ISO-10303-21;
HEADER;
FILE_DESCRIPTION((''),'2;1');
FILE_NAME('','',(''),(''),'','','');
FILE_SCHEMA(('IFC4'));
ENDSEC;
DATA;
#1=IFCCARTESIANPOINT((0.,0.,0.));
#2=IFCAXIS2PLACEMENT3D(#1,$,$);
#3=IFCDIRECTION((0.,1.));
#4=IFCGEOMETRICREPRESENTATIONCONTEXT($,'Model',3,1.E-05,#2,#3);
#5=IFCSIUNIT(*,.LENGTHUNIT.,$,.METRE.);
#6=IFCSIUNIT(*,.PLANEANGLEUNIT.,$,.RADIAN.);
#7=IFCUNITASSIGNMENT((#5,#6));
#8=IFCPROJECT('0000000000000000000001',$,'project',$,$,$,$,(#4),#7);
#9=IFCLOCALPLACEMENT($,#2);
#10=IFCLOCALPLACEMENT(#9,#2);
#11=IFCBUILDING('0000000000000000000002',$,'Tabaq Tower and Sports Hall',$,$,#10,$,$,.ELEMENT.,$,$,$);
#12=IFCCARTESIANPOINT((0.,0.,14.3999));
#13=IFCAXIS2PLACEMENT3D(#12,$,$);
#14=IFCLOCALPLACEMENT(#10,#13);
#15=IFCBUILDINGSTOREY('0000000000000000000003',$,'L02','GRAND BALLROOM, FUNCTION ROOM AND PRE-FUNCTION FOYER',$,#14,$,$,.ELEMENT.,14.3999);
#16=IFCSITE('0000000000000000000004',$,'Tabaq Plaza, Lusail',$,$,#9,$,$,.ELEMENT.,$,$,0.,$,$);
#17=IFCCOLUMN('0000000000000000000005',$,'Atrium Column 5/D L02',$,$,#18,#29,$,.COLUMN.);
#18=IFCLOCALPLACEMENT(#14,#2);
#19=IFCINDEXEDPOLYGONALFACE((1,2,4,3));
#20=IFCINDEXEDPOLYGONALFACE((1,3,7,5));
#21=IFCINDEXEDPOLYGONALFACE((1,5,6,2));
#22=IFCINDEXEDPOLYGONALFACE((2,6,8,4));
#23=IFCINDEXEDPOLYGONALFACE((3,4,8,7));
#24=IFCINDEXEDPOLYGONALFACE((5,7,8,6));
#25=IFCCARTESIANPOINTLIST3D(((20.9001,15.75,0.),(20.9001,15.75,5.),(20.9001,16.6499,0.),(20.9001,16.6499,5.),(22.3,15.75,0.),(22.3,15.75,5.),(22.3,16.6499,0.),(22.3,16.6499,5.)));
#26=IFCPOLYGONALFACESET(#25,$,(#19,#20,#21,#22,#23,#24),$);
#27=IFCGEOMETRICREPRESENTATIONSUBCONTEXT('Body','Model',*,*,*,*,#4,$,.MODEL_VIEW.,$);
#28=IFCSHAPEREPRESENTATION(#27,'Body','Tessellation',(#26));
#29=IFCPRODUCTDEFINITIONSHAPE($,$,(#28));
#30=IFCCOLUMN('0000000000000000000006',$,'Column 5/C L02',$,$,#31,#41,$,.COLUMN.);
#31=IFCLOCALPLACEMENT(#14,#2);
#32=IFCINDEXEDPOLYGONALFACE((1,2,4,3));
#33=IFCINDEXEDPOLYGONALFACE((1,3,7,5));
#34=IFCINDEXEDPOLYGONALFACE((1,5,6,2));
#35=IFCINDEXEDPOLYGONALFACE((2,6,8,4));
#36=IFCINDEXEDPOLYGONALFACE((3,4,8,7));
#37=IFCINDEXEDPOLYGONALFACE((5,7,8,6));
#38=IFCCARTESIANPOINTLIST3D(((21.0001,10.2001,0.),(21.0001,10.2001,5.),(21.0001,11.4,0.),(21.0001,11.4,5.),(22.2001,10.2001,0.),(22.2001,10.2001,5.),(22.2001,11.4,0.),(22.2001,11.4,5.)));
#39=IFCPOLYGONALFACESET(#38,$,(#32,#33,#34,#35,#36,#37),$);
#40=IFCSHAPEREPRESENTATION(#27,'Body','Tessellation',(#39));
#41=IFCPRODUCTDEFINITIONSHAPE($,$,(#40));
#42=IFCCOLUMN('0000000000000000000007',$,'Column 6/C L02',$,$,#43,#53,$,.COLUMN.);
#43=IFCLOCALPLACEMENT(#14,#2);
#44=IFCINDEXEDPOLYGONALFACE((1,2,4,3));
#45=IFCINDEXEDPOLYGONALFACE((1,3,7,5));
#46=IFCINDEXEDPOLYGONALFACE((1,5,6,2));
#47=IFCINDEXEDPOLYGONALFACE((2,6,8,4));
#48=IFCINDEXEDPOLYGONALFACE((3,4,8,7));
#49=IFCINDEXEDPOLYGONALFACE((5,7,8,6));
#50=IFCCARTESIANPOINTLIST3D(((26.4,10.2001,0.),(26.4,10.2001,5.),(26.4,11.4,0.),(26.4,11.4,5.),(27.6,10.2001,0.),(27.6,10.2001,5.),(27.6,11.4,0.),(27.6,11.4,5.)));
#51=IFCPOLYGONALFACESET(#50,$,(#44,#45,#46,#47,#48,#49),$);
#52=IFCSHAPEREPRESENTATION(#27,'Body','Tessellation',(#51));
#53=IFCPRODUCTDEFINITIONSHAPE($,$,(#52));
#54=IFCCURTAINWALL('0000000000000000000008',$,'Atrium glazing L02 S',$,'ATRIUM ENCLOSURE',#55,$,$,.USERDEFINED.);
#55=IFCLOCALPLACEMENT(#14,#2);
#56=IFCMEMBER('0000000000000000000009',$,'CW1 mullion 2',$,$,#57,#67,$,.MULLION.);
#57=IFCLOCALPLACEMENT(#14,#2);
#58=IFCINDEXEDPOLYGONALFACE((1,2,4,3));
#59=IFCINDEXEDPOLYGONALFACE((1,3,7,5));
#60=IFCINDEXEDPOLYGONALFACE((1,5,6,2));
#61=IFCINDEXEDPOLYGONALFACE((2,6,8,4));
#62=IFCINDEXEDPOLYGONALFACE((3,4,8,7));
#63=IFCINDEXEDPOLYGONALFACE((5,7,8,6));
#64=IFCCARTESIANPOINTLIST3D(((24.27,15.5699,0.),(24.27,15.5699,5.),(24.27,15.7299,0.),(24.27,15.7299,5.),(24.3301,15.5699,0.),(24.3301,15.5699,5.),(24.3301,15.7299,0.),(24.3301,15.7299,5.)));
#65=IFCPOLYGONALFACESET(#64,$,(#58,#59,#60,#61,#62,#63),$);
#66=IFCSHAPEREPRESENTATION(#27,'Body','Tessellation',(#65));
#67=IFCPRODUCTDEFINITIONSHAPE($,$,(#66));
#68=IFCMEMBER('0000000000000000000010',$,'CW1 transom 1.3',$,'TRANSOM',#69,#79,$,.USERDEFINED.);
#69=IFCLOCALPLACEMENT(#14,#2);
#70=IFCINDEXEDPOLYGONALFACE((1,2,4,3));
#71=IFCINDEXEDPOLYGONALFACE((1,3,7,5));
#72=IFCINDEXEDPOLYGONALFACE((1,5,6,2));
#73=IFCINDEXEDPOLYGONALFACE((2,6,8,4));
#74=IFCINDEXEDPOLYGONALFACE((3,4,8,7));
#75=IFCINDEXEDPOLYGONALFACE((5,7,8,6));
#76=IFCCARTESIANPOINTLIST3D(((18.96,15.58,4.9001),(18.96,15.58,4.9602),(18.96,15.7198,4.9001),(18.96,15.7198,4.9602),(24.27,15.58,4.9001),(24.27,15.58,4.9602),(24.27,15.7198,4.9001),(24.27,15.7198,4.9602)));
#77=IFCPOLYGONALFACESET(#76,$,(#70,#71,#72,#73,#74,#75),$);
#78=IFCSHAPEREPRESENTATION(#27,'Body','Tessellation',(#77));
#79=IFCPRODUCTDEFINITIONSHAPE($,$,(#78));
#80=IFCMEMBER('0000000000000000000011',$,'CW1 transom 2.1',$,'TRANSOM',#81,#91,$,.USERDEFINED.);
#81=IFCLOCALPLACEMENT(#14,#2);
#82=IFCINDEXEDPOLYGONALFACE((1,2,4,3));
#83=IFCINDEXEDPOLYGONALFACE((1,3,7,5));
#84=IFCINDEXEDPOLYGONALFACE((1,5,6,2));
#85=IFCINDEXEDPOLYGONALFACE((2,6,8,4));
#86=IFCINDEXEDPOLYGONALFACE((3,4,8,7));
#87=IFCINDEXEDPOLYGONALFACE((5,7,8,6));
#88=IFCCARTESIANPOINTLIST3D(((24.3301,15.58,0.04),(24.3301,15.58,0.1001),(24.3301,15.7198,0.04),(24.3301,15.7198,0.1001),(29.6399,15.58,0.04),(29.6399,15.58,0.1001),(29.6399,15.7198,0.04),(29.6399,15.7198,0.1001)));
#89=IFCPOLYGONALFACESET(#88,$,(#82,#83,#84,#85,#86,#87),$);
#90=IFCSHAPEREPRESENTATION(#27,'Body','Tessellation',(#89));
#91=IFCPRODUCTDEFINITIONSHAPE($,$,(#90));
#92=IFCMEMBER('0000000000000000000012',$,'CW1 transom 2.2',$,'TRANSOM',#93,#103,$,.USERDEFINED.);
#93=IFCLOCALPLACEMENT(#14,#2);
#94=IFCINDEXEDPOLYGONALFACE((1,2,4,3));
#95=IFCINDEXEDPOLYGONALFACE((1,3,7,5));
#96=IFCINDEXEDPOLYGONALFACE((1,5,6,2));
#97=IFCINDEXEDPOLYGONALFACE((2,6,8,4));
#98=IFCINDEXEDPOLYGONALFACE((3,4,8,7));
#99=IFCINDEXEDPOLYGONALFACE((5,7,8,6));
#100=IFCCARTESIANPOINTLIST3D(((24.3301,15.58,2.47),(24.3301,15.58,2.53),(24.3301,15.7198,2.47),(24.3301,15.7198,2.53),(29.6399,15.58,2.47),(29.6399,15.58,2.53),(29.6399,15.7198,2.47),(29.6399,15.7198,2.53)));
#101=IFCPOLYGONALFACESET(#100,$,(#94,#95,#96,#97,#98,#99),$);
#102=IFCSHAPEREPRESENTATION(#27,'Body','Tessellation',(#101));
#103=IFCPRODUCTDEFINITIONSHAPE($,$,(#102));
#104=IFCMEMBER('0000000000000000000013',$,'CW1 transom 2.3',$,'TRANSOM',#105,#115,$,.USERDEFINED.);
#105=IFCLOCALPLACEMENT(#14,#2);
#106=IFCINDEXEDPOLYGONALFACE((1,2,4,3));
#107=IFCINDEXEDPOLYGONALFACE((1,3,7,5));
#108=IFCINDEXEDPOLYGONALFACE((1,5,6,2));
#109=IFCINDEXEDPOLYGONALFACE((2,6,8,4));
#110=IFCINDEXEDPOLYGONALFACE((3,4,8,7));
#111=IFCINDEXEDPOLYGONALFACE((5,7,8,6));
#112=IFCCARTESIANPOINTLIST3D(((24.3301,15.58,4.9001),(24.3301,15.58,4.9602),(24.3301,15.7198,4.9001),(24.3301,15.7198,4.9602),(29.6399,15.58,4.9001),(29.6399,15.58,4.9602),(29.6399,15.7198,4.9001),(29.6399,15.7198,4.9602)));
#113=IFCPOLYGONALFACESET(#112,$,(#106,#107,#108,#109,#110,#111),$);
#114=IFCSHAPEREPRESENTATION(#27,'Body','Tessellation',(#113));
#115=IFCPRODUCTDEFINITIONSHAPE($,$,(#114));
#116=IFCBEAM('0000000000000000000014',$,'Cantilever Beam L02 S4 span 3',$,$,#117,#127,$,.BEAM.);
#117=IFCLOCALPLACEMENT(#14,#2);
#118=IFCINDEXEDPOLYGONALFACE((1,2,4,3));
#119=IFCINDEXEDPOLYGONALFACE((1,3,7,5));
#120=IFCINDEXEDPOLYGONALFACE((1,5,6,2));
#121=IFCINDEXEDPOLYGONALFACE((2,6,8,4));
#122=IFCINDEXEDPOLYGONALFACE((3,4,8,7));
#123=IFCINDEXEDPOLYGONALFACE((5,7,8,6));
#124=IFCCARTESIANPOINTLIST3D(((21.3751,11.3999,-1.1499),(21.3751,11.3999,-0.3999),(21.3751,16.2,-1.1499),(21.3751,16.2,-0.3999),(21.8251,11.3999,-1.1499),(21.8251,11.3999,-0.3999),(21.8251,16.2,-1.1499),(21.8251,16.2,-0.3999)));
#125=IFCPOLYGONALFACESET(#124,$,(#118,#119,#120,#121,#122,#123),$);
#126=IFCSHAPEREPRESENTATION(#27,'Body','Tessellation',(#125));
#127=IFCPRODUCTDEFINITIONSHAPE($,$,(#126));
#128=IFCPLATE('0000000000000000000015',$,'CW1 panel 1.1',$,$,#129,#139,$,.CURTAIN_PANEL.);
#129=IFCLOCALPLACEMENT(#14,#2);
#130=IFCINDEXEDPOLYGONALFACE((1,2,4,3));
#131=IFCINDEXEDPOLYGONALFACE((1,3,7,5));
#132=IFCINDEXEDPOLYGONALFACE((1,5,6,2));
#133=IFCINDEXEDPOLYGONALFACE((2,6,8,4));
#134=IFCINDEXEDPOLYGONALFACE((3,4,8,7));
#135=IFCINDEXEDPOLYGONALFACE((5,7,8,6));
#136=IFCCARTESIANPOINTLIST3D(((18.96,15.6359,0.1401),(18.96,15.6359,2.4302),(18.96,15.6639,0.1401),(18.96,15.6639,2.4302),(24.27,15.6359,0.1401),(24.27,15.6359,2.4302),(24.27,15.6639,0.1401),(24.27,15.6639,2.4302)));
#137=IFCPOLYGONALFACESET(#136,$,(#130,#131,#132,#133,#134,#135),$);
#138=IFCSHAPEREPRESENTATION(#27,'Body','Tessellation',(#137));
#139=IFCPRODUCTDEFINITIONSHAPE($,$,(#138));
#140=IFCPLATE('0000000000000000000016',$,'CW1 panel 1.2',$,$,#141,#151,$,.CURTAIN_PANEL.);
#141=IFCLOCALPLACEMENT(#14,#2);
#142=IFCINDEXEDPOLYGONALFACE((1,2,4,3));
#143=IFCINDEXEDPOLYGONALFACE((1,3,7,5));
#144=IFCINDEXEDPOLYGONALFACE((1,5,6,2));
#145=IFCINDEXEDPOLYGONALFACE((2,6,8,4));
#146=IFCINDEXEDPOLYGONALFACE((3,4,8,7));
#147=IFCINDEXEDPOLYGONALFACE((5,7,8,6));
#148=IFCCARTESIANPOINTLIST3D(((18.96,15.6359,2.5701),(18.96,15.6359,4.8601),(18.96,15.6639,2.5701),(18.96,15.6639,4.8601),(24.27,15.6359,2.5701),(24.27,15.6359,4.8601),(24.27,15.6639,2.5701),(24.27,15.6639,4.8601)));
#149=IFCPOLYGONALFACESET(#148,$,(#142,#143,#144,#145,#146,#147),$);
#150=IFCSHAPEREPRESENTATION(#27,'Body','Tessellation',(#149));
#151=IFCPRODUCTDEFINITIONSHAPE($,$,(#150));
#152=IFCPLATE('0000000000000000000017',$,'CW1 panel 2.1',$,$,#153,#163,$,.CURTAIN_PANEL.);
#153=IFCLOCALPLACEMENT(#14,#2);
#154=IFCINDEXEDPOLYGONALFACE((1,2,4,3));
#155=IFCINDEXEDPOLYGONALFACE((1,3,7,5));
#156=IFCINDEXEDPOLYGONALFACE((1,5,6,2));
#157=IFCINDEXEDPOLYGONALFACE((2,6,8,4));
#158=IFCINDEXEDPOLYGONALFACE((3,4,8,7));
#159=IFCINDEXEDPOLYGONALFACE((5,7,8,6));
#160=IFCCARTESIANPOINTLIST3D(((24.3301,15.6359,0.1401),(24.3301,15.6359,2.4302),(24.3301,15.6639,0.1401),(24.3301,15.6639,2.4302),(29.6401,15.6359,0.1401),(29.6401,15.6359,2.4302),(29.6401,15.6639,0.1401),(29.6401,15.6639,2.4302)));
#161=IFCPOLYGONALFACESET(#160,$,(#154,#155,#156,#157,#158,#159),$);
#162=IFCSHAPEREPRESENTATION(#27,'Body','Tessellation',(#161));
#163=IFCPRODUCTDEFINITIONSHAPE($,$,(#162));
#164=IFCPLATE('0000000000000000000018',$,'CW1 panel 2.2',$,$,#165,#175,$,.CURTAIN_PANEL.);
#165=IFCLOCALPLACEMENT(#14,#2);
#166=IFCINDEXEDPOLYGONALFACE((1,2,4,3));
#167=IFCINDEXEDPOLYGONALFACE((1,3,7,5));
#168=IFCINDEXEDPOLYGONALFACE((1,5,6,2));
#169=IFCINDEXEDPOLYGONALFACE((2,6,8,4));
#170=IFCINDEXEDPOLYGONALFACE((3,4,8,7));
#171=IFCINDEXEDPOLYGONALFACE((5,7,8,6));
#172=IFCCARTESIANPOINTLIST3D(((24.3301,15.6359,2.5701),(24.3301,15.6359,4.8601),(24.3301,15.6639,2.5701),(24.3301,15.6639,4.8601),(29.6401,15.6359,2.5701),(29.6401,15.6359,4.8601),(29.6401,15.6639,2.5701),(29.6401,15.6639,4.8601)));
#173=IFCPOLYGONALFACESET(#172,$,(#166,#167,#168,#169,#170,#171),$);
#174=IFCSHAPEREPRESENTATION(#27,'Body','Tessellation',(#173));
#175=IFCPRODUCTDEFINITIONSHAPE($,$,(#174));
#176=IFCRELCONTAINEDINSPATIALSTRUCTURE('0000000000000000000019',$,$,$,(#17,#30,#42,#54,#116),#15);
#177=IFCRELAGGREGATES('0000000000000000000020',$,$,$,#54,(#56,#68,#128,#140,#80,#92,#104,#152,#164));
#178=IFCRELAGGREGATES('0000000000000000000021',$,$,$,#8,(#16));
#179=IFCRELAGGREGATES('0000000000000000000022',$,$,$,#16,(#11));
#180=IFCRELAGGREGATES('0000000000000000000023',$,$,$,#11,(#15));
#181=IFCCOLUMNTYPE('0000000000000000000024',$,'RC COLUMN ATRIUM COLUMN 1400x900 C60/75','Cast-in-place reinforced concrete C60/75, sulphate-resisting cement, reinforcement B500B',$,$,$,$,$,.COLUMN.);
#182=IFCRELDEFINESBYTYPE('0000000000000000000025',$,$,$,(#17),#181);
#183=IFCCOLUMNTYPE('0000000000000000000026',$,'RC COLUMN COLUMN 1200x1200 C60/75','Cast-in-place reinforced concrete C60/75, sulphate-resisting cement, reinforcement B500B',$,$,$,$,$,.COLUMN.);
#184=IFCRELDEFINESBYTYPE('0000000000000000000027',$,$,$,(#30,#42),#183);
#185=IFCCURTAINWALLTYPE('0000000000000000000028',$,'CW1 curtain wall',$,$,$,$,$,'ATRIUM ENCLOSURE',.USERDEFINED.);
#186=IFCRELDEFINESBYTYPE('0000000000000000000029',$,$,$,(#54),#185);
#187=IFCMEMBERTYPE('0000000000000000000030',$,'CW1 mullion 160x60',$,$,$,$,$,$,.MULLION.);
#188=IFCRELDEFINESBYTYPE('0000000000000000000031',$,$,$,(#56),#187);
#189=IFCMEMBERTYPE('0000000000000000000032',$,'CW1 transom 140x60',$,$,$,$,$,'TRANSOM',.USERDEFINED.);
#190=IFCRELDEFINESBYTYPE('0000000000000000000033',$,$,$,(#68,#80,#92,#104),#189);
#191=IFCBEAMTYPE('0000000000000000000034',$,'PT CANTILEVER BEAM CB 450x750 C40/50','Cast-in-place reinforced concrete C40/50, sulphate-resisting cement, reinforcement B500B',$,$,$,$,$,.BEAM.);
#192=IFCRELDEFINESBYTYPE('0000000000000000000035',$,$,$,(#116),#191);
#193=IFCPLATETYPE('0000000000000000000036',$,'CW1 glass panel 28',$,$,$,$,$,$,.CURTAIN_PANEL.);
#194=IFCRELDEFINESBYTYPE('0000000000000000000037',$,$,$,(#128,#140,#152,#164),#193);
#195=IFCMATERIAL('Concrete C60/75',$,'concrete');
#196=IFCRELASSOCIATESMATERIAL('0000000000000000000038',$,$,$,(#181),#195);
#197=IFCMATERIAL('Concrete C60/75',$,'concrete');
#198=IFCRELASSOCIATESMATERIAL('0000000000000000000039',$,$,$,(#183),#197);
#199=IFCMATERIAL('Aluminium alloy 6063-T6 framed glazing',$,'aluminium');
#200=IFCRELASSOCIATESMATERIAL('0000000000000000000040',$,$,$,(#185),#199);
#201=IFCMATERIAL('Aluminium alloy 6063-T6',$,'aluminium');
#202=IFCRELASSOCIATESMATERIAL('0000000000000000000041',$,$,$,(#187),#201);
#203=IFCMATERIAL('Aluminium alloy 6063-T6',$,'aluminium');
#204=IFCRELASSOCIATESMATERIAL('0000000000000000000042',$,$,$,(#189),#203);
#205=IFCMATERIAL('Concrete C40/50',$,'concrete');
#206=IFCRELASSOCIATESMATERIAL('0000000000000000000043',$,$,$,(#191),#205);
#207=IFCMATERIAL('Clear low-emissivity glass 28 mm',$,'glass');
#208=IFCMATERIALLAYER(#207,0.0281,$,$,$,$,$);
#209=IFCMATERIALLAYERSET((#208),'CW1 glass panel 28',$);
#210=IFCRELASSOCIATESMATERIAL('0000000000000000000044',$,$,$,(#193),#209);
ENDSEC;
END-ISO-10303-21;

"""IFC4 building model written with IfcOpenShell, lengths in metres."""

from ifc_helpers import new_model, si_unit, direction, frame, origin, origin_2d, place, context, subcontext, project, spatial, rectangle, extrude, material, layer, layer_set, material_profile, profile_set, type_object, element, aggregate, save


model = new_model("IFC4")

# Units and contexts
model_context = context("Model", 3, precision=1e-05, world=origin(), true_north=direction((0.0, 1.0)))
body_context = subcontext(model_context, "Body", "Model", "MODEL_VIEW")
ifc_project = project(units=[si_unit("LENGTHUNIT", "METRE"), si_unit("PLANEANGLEUNIT", "RADIAN")], contexts=[model_context])

# Site, building, storey
site_placement = place(None, origin())
site = spatial("IfcSite", under=ifc_project, at=site_placement, Name="Tabaq Plaza, Lusail", CompositionType="ELEMENT", RefElevation=0.0)
building_placement = place(site_placement, origin())
building = spatial("IfcBuilding", under=site, at=building_placement, Name="Tabaq Tower and Sports Hall", CompositionType="ELEMENT")
storey_placement = place(building_placement, frame((0.0, 0.0, 14.3999)))
storey = spatial("IfcBuildingStorey", under=building, at=storey_placement, Name="L02", Description="GRAND BALLROOM, FUNCTION ROOM AND PRE-FUNCTION FOYER", CompositionType="ELEMENT", Elevation=14.3999)

# Columns
ifc_material_1 = material(Name="Concrete C60/75", Category="concrete")
ifc_material_profile_1 = material_profile(ifc_material_1, rectangle(XDim=1.3999, YDim=0.8999, at=origin_2d()), Name="ATRIUM COLUMN 1400x900")
ifc_profile_set_1 = profile_set([ifc_material_profile_1], Name="Concrete C60/75")
column_type_1 = type_object("IfcColumnType", Name="RC COLUMN ATRIUM COLUMN 1400x900 C60/75", Description="Cast-in-place reinforced concrete C60/75, sulphate-resisting cement, reinforcement B500B", PredefinedType="COLUMN", material=ifc_profile_set_1)
column_placement = place(storey_placement, frame((21.6001, 16.2, 0.0), z_axis=(0.0, 0.0, 1.0), x_axis=(1.0, 0.0, 0.0)))
element("IfcColumn", 1, at=column_placement, inside=storey, type_object=column_type_1, Name="Atrium Column 5/D L02", PredefinedType="COLUMN", context=body_context, shape_type="SweptSolid", body=[
    extrude(rectangle(XDim=1.3999, YDim=0.8999, at=origin_2d()), origin(), (0.0, 0.0, 1.0), 5.0),
])
ifc_material_2 = material(Name="Concrete C60/75", Category="concrete")
ifc_material_profile_2 = material_profile(ifc_material_2, rectangle(XDim=1.2, YDim=1.2, at=origin_2d()), Name="COLUMN 1200x1200")
ifc_profile_set_2 = profile_set([ifc_material_profile_2], Name="Concrete C60/75")
column_type_2 = type_object("IfcColumnType", Name="RC COLUMN COLUMN 1200x1200 C60/75", Description="Cast-in-place reinforced concrete C60/75, sulphate-resisting cement, reinforcement B500B", PredefinedType="COLUMN", material=ifc_profile_set_2)
for number, where, z_axis, x_axis, name in (
    (2, (21.6001, 10.8, 0.0), (0.0, 0.0, 1.0), (1.0, 0.0, 0.0), "Column 5/C L02"),
    (3, (27.0, 10.8, 0.0), (0.0, 0.0, 1.0), (1.0, 0.0, 0.0), "Column 6/C L02"),
):
    element("IfcColumn", number, at=place(storey_placement, frame(where, z_axis=z_axis, x_axis=x_axis)), inside=storey, type_object=column_type_2, Name=name, PredefinedType="COLUMN", context=body_context, shape_type="SweptSolid", body=[
        extrude(rectangle(XDim=1.2, YDim=1.2, at=origin_2d()), origin(), (0.0, 0.0, 1.0), 5.0),
    ])

# Curtain wall, members
ifc_material_3 = material(Name="Aluminium alloy 6063-T6 framed glazing", Category="aluminium")
curtain_wall_type = type_object("IfcCurtainWallType", Name="CW1 curtain wall", ElementType="ATRIUM ENCLOSURE", PredefinedType="USERDEFINED", material=ifc_material_3)
curtain_wall_placement = place(storey_placement, origin())
curtain_wall = element("IfcCurtainWall", 4, at=curtain_wall_placement, inside=storey, type_object=curtain_wall_type, Name="Atrium glazing L02 S", ObjectType="ATRIUM ENCLOSURE", PredefinedType="USERDEFINED")
ifc_material_4 = material(Name="Aluminium alloy 6063-T6", Category="aluminium")
ifc_material_profile_3 = material_profile(ifc_material_4, rectangle(XDim=0.1599, YDim=0.0601, at=origin_2d()), Name="MULLION 160x60")
ifc_profile_set_3 = profile_set([ifc_material_profile_3], Name="Aluminium alloy 6063-T6")
member_type_1 = type_object("IfcMemberType", Name="CW1 mullion 160x60", PredefinedType="MULLION", material=ifc_profile_set_3)
member_1_placement = place(storey_placement, frame((24.3, 15.6499, 0.0), z_axis=(0.0, 0.0, 1.0), x_axis=(0.0, 1.0, 0.0)))
member_1 = element("IfcMember", 5, at=member_1_placement, type_object=member_type_1, Name="CW1 mullion 2", PredefinedType="MULLION", context=body_context, shape_type="SweptSolid", body=[
    extrude(rectangle(XDim=0.1599, YDim=0.0601, at=origin_2d()), origin(), (0.0, 0.0, 1.0), 5.0),
])
ifc_material_5 = material(Name="Aluminium alloy 6063-T6", Category="aluminium")
ifc_material_profile_4 = material_profile(ifc_material_5, rectangle(XDim=0.1399, YDim=0.0601, at=origin_2d()), Name="TRANSOM 140x60")
ifc_profile_set_4 = profile_set([ifc_material_profile_4], Name="Aluminium alloy 6063-T6")
member_type_2 = type_object("IfcMemberType", Name="CW1 transom 140x60", ElementType="TRANSOM", PredefinedType="USERDEFINED", material=ifc_profile_set_4)
member_2_placement = place(storey_placement, frame((18.96, 15.6499, 4.9302), z_axis=(1.0, 0.0, 0.0), x_axis=(0.0, 1.0, 0.0)))
member_2 = element("IfcMember", 6, at=member_2_placement, type_object=member_type_2, Name="CW1 transom 1.3", ObjectType="TRANSOM", PredefinedType="USERDEFINED", context=body_context, shape_type="SweptSolid", body=[
    extrude(rectangle(XDim=0.1399, YDim=0.0601, at=origin_2d()), origin(), (0.0, 0.0, 1.0), 5.3101),
])
member_3_placement = place(storey_placement, frame((24.3301, 15.6499, 0.0701), z_axis=(1.0, 0.0, 0.0), x_axis=(0.0, 1.0, 0.0)))
member_3 = element("IfcMember", 7, at=member_3_placement, type_object=member_type_2, Name="CW1 transom 2.1", ObjectType="TRANSOM", PredefinedType="USERDEFINED", context=body_context, shape_type="SweptSolid", body=[
    extrude(rectangle(XDim=0.1399, YDim=0.0601, at=origin_2d()), origin(), (0.0, 0.0, 1.0), 5.3098),
])
member_4_placement = place(storey_placement, frame((24.3301, 15.6499, 2.5), z_axis=(1.0, 0.0, 0.0), x_axis=(0.0, 1.0, 0.0)))
member_4 = element("IfcMember", 8, at=member_4_placement, type_object=member_type_2, Name="CW1 transom 2.2", ObjectType="TRANSOM", PredefinedType="USERDEFINED", context=body_context, shape_type="SweptSolid", body=[
    extrude(rectangle(XDim=0.1399, YDim=0.0601, at=origin_2d()), origin(), (0.0, 0.0, 1.0), 5.3098),
])
member_5_placement = place(storey_placement, frame((24.3301, 15.6499, 4.9302), z_axis=(1.0, 0.0, 0.0), x_axis=(0.0, 1.0, 0.0)))
member_5 = element("IfcMember", 9, at=member_5_placement, type_object=member_type_2, Name="CW1 transom 2.3", ObjectType="TRANSOM", PredefinedType="USERDEFINED", context=body_context, shape_type="SweptSolid", body=[
    extrude(rectangle(XDim=0.1399, YDim=0.0601, at=origin_2d()), origin(), (0.0, 0.0, 1.0), 5.3098),
])

# Beam
ifc_material_6 = material(Name="Concrete C40/50", Category="concrete")
ifc_material_profile_5 = material_profile(ifc_material_6, rectangle(XDim=0.45, YDim=0.75, at=origin_2d()), Name="CB 450x750")
ifc_profile_set_5 = profile_set([ifc_material_profile_5], Name="Concrete C40/50")
beam_type = type_object("IfcBeamType", Name="PT CANTILEVER BEAM CB 450x750 C40/50", Description="Cast-in-place reinforced concrete C40/50, sulphate-resisting cement, reinforcement B500B", PredefinedType="BEAM", material=ifc_profile_set_5)
beam_placement = place(storey_placement, frame((21.6001, 11.3999, -0.7749), z_axis=(0.0, 1.0, 0.0), x_axis=(-1.0, 0.0, 0.0)))
element("IfcBeam", 10, at=beam_placement, inside=storey, type_object=beam_type, Name="Cantilever Beam L02 S4 span 3", PredefinedType="BEAM", context=body_context, shape_type="SweptSolid", body=[
    extrude(rectangle(XDim=0.45, YDim=0.75, at=origin_2d()), origin(), (0.0, 0.0, 1.0), 4.8),
])

# Plates
ifc_material_7 = material(Name="Clear low-emissivity glass 28 mm", Category="glass")
ifc_layer = layer(ifc_material_7, 0.0281)
ifc_layer_set = layer_set([ifc_layer], Name="CW1 glass panel 28")
plate_type = type_object("IfcPlateType", Name="CW1 glass panel 28", PredefinedType="CURTAIN_PANEL", material=ifc_layer_set)
plate_1_placement = place(storey_placement, frame((21.615, 15.6499, 0.1401), z_axis=(0.0, 0.0, 1.0), x_axis=(1.0, 0.0, 0.0)))
plate_1 = element("IfcPlate", 11, at=plate_1_placement, type_object=plate_type, Name="CW1 panel 1.1", PredefinedType="CURTAIN_PANEL", context=body_context, shape_type="SweptSolid", body=[
    extrude(rectangle(XDim=5.3101, YDim=0.0281, at=origin_2d()), origin(), (0.0, 0.0, 1.0), 2.29),
])
plate_2_placement = place(storey_placement, frame((21.615, 15.6499, 2.5701), z_axis=(0.0, 0.0, 1.0), x_axis=(1.0, 0.0, 0.0)))
plate_2 = element("IfcPlate", 12, at=plate_2_placement, type_object=plate_type, Name="CW1 panel 1.2", PredefinedType="CURTAIN_PANEL", context=body_context, shape_type="SweptSolid", body=[
    extrude(rectangle(XDim=5.3101, YDim=0.0281, at=origin_2d()), origin(), (0.0, 0.0, 1.0), 2.29),
])
plate_3_placement = place(storey_placement, frame((26.9851, 15.6499, 0.1401), z_axis=(0.0, 0.0, 1.0), x_axis=(1.0, 0.0, 0.0)))
plate_3 = element("IfcPlate", 13, at=plate_3_placement, type_object=plate_type, Name="CW1 panel 2.1", PredefinedType="CURTAIN_PANEL", context=body_context, shape_type="SweptSolid", body=[
    extrude(rectangle(XDim=5.3101, YDim=0.0281, at=origin_2d()), origin(), (0.0, 0.0, 1.0), 2.29),
])
plate_4_placement = place(storey_placement, frame((26.9851, 15.6499, 2.5701), z_axis=(0.0, 0.0, 1.0), x_axis=(1.0, 0.0, 0.0)))
plate_4 = element("IfcPlate", 14, at=plate_4_placement, type_object=plate_type, Name="CW1 panel 2.2", PredefinedType="CURTAIN_PANEL", context=body_context, shape_type="SweptSolid", body=[
    extrude(rectangle(XDim=5.3101, YDim=0.0281, at=origin_2d()), origin(), (0.0, 0.0, 1.0), 2.29),
])
aggregate(curtain_wall, [member_1, member_2, plate_1, plate_2, member_3, member_4, member_5, plate_3, plate_4])

save(model, "model.ifc")
